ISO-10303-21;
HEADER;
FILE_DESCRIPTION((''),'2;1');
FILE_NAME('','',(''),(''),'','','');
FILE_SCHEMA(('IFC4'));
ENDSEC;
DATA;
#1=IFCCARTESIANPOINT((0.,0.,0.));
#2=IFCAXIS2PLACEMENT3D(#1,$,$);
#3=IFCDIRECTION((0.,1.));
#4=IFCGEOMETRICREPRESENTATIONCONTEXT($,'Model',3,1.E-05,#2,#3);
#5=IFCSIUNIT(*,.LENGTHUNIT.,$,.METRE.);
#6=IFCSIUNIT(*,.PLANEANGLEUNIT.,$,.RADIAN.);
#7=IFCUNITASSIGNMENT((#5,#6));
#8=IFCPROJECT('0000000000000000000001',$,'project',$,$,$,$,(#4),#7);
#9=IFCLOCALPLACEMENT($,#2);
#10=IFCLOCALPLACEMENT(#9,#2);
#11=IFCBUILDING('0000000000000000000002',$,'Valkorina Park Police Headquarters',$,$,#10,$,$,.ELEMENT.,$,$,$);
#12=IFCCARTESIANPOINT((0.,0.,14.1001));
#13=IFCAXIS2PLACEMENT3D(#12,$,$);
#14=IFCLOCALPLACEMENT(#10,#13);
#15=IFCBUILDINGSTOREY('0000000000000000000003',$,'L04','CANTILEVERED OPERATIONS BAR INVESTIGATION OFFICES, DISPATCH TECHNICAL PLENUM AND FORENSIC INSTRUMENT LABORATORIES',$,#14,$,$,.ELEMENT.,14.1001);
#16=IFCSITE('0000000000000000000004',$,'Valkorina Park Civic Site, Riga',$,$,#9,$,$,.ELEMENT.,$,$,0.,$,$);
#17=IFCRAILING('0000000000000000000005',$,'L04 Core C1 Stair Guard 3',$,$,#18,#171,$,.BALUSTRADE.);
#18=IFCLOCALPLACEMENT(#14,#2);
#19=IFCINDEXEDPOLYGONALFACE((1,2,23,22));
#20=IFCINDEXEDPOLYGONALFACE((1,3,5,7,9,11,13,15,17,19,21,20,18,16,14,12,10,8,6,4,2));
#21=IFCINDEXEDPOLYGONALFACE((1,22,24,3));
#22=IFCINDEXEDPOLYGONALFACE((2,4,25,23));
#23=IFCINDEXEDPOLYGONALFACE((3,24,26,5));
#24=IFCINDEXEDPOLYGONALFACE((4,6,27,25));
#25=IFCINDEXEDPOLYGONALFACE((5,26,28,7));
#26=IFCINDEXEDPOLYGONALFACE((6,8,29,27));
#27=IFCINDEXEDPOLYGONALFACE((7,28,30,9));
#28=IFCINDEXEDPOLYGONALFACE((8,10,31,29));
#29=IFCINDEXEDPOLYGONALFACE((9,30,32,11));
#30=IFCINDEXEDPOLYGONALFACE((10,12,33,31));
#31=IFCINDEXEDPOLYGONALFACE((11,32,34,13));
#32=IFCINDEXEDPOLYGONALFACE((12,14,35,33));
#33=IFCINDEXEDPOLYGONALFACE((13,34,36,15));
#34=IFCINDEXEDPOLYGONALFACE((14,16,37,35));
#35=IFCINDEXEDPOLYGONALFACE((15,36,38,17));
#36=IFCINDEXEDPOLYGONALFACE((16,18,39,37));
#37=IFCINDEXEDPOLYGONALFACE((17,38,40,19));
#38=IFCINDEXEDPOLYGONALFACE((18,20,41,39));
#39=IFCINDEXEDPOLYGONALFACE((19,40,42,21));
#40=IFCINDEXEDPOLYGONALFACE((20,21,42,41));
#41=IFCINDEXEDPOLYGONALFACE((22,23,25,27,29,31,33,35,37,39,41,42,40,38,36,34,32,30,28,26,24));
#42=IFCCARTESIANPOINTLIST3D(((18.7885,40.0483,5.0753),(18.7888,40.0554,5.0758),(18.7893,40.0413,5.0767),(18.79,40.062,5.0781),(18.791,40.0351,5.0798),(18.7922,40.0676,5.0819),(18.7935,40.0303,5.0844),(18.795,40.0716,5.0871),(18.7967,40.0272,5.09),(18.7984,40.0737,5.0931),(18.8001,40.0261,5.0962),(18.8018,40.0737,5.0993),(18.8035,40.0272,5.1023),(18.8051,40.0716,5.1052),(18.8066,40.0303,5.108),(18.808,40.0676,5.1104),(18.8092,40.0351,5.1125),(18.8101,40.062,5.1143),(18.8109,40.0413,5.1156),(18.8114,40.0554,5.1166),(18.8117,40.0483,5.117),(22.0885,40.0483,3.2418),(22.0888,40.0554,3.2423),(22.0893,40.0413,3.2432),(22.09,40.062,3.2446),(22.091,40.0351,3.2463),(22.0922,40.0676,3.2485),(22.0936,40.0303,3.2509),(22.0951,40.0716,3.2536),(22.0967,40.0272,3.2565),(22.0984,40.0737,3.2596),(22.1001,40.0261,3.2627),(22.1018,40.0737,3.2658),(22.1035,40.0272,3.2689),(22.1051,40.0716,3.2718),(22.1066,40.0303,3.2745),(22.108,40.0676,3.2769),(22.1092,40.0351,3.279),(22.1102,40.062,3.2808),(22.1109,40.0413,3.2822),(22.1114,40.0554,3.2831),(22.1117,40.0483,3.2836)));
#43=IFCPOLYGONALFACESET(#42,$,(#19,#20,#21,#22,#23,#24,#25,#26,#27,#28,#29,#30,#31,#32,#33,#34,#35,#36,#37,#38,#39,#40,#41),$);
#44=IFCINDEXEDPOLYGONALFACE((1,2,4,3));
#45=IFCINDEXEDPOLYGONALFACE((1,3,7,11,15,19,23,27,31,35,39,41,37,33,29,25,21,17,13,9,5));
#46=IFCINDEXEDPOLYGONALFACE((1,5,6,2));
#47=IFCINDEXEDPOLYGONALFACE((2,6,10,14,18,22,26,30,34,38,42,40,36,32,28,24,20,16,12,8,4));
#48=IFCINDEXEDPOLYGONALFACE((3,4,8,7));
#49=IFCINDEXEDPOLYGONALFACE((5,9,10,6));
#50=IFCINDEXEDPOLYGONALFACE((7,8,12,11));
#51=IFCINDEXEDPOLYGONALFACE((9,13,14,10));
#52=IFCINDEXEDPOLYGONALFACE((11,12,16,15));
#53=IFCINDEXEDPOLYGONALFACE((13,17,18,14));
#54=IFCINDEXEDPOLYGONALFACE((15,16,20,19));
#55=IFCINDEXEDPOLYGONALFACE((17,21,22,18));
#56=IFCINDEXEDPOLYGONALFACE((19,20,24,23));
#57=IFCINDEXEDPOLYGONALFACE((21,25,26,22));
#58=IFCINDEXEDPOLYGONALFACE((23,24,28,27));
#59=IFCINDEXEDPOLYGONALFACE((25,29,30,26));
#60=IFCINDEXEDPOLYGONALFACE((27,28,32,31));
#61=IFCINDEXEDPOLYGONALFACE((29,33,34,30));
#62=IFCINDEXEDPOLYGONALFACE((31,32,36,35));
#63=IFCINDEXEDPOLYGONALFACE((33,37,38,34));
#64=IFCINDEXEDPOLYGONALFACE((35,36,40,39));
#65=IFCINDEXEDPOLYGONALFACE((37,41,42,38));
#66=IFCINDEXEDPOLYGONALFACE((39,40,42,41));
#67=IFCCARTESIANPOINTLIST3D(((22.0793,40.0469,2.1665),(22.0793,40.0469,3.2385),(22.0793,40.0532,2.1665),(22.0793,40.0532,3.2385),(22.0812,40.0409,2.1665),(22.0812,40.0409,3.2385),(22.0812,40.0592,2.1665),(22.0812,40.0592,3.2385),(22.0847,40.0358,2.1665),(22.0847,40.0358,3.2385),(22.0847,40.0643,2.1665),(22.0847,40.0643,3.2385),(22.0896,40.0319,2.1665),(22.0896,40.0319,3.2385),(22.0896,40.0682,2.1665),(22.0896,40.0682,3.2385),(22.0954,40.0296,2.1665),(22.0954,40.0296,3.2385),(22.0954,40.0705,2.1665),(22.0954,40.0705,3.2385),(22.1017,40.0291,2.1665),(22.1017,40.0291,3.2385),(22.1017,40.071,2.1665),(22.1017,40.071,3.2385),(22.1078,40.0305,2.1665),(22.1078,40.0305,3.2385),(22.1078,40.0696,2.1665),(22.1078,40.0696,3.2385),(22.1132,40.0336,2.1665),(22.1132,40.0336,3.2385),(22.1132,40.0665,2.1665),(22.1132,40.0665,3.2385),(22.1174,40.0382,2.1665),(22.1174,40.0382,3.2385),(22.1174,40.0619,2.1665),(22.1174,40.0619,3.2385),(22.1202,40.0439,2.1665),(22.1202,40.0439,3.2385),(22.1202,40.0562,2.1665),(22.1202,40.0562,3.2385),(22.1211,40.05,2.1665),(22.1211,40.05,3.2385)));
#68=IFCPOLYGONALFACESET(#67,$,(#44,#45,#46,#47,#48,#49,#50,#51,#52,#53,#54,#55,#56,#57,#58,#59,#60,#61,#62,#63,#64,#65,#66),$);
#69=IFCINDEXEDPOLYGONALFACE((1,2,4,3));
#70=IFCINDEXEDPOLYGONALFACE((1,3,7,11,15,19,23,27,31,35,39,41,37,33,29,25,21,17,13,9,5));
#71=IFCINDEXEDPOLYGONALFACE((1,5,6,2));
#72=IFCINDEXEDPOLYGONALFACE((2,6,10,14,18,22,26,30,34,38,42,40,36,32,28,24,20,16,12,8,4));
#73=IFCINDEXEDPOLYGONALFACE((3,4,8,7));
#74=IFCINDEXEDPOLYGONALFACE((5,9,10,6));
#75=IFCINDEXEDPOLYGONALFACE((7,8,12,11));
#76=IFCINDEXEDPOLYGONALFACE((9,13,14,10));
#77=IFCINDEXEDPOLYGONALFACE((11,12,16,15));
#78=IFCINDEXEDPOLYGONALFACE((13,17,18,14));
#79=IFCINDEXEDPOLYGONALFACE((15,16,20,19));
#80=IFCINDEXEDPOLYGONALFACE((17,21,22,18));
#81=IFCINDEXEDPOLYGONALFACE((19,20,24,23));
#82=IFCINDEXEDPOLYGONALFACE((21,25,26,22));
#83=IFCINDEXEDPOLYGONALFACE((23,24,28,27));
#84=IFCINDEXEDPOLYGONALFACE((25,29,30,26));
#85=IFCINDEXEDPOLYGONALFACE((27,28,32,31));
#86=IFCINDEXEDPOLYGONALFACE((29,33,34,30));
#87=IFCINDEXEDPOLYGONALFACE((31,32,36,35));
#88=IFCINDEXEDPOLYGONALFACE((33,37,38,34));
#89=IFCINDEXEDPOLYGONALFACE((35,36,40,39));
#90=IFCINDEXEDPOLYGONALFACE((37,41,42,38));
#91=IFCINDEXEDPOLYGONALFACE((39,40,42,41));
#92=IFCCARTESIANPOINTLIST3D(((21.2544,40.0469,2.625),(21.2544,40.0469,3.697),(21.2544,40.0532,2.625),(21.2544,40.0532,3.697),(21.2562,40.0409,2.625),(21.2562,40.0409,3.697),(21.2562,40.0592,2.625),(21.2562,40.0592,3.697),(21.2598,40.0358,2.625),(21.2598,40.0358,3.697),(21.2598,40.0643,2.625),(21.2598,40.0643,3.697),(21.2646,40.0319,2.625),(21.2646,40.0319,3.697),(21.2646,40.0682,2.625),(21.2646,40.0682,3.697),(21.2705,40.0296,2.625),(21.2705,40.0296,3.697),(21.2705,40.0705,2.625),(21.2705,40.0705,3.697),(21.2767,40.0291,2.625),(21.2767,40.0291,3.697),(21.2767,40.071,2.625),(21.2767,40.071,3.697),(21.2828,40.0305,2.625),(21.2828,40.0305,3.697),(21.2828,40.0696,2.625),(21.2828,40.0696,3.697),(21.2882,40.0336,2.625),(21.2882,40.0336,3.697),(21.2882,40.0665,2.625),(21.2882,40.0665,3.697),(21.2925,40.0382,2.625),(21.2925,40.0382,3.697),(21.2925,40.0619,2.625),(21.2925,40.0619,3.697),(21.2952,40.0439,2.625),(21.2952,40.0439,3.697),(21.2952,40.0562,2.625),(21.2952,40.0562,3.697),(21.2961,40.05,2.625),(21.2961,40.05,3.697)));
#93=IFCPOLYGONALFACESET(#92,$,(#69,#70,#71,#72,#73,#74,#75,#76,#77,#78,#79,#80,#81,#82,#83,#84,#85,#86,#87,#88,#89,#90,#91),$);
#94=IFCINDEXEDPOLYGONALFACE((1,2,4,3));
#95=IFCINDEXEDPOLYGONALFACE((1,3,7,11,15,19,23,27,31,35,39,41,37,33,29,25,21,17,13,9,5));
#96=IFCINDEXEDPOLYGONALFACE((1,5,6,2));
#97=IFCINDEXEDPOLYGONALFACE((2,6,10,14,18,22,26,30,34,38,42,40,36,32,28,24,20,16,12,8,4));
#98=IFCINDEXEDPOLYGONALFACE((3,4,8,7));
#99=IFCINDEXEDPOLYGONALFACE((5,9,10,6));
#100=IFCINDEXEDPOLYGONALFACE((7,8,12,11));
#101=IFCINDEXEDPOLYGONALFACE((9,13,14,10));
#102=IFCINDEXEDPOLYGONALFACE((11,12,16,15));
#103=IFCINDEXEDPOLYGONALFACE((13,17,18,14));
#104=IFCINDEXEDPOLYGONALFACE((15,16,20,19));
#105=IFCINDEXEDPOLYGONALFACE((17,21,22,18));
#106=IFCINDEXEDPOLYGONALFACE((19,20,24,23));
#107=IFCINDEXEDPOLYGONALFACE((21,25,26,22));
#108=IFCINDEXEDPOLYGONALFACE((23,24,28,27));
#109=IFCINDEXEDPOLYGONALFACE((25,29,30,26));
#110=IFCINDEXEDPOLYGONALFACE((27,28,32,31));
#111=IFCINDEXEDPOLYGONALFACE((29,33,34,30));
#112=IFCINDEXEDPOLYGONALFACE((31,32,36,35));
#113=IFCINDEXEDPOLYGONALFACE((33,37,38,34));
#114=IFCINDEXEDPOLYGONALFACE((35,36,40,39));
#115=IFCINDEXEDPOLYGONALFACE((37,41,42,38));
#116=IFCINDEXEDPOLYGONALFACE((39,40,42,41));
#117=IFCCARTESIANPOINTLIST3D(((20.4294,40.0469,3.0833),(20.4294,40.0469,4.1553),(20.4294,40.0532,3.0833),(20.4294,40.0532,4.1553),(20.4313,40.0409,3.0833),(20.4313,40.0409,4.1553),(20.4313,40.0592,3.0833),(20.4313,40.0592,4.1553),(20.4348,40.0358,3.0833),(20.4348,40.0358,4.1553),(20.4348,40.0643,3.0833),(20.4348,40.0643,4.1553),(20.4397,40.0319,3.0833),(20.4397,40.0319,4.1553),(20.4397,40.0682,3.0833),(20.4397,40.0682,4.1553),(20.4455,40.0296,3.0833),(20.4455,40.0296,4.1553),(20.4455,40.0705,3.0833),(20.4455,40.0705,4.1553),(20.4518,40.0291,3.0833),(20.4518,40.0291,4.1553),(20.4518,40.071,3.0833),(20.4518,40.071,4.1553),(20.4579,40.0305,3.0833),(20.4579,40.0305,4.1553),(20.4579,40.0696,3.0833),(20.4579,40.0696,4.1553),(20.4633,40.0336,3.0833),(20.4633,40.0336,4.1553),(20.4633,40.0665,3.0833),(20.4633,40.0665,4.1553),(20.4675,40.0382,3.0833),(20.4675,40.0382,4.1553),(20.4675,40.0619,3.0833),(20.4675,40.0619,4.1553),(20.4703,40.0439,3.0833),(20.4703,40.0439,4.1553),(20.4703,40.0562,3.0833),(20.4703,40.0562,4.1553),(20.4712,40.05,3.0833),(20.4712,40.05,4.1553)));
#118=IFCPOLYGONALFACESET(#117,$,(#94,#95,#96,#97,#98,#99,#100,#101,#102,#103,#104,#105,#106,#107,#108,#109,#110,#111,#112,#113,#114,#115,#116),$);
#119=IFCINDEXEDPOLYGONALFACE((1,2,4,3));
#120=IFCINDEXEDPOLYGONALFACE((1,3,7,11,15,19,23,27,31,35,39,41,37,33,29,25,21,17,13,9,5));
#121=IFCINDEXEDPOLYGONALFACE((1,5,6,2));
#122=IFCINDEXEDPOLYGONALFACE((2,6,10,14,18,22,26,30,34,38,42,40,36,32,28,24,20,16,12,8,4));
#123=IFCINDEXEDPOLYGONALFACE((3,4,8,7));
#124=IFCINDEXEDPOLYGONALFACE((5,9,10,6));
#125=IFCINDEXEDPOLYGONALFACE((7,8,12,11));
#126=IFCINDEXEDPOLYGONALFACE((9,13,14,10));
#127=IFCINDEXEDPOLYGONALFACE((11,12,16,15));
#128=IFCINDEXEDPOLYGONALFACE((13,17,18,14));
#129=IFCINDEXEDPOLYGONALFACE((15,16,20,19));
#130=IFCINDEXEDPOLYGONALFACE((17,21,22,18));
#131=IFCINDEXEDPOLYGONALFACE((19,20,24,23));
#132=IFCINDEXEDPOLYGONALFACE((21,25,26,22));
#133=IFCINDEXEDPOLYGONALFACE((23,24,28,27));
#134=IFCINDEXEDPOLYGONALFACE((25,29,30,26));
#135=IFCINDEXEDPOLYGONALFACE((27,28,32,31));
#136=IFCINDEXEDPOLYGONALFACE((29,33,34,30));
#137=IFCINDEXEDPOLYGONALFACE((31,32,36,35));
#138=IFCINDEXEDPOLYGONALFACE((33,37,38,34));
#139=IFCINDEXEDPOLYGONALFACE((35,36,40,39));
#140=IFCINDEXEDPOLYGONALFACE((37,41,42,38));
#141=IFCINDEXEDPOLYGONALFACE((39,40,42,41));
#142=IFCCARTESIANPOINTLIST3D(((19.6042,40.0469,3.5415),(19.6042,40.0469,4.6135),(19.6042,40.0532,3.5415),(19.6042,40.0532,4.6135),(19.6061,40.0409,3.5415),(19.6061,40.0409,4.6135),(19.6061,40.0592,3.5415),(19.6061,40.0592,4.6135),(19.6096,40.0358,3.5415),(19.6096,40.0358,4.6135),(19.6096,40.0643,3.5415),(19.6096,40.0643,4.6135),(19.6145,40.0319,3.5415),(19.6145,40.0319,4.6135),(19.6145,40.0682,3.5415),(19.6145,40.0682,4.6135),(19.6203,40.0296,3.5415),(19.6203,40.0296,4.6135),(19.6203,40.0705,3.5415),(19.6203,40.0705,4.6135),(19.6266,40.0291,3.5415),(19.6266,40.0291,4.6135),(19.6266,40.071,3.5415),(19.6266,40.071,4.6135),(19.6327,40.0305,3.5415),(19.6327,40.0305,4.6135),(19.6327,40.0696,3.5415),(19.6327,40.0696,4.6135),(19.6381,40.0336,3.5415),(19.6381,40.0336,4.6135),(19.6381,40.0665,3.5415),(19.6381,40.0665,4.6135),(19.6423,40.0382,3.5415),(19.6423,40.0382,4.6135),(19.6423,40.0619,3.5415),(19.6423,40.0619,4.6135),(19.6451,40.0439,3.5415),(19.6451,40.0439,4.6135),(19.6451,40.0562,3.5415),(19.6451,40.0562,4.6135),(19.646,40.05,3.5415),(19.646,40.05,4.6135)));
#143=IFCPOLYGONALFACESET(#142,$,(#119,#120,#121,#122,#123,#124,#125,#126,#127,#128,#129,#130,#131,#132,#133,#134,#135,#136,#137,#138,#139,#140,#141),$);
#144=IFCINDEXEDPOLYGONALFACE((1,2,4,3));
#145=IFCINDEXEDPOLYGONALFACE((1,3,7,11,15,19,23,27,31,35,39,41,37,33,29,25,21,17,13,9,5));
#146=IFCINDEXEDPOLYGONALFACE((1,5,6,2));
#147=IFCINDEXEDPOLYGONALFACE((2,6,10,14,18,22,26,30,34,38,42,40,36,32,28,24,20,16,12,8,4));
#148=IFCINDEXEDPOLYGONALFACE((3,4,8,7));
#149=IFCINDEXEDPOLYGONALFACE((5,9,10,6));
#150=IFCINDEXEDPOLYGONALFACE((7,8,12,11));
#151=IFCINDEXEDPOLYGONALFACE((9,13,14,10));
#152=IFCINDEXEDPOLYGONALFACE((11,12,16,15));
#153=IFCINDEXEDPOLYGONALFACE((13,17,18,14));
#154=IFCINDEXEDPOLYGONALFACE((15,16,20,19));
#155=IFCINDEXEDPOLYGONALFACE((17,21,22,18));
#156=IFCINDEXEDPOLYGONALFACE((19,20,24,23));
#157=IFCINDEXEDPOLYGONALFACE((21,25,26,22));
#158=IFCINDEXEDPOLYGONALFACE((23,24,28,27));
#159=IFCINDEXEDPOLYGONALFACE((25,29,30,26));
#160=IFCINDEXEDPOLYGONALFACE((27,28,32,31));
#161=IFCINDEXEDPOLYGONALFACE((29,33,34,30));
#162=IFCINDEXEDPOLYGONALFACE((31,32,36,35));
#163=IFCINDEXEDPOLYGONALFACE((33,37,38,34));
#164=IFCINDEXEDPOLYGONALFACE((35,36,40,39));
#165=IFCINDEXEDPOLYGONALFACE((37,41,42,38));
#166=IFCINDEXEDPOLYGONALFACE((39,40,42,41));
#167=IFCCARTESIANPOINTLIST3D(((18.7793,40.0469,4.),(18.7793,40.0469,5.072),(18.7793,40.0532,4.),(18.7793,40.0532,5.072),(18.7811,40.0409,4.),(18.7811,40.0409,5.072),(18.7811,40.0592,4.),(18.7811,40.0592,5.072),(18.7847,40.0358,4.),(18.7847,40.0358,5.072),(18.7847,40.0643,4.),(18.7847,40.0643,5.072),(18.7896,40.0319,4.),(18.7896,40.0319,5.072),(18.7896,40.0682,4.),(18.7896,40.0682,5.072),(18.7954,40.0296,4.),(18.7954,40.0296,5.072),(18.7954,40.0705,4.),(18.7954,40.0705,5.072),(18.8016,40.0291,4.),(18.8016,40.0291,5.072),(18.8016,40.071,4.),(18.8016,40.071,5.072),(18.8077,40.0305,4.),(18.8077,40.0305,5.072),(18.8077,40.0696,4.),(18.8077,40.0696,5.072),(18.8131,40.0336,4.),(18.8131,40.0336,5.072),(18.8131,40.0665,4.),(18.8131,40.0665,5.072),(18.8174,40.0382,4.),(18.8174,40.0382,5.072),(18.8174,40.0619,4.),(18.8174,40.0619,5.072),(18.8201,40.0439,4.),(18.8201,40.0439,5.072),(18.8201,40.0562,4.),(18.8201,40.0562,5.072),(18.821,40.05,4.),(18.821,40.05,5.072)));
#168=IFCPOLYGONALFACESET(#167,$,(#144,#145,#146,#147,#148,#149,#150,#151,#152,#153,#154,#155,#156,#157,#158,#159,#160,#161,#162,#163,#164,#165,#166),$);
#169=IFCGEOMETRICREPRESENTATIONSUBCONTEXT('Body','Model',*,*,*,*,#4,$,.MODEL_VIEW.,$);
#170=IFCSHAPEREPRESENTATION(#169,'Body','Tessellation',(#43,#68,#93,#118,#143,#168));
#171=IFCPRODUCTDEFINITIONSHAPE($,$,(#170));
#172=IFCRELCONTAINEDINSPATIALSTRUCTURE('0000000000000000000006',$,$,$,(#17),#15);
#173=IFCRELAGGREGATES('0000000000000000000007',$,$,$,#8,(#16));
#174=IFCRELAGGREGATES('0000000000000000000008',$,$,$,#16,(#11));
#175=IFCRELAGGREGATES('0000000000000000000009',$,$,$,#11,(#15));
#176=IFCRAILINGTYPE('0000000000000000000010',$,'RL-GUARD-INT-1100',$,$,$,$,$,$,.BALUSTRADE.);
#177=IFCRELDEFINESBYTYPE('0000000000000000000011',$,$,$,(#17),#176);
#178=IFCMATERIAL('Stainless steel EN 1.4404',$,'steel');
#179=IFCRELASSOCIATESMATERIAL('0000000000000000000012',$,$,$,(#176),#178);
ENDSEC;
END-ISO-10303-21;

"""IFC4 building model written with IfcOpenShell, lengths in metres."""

from ifc_helpers import new_model, si_unit, direction, frame, origin, origin_2d, place, context, subcontext, project, spatial, circle, extrude, material, type_object, element, save


model = new_model("IFC4")

# Units and contexts
model_context = context("Model", 3, precision=1e-05, world=origin(), true_north=direction((0.0, 1.0)))
body_context = subcontext(model_context, "Body", "Model", "MODEL_VIEW")
ifc_project = project(units=[si_unit("LENGTHUNIT", "METRE"), si_unit("PLANEANGLEUNIT", "RADIAN")], contexts=[model_context])

# Site, building, storey
site_placement = place(None, origin())
site = spatial("IfcSite", under=ifc_project, at=site_placement, Name="Valkorina Park Civic Site, Riga", CompositionType="ELEMENT", RefElevation=0.0)
building_placement = place(site_placement, origin())
building = spatial("IfcBuilding", under=site, at=building_placement, Name="Valkorina Park Police Headquarters", CompositionType="ELEMENT")
storey_placement = place(building_placement, frame((0.0, 0.0, 14.1001)))
storey = spatial("IfcBuildingStorey", under=building, at=storey_placement, Name="L04", Description="CANTILEVERED OPERATIONS BAR INVESTIGATION OFFICES, DISPATCH TECHNICAL PLENUM AND FORENSIC INSTRUMENT LABORATORIES", CompositionType="ELEMENT", Elevation=14.1001)

# Railing
ifc_material_1 = material(Name="Stainless steel EN 1.4404", Category="steel")
railing_type_1 = type_object("IfcRailingType", Name="RL-GUARD-INT-1100", PredefinedType="BALUSTRADE", material=ifc_material_1)
railing_1_placement = place(storey_placement, frame((22.1001, 40.05, 2.1665)))
element("IfcRailing", 1, at=railing_1_placement, inside=storey, type_object=railing_type_1, Name="L04 Core C1 Stair Guard 3", PredefinedType="BALUSTRADE", context=body_context, shape_type="SweptSolid", body=[
    extrude(circle(Radius=0.0239, at=origin_2d()), frame((0.0, 0.0, 1.0962), z_axis=(-0.874142, 0.0, 0.48567), x_axis=(0.0, -1.0, 0.0)), (0.0, 0.0, 1.0), 3.7751),
    extrude(circle(Radius=0.021, at=origin_2d()), origin(), (0.0, 0.0, 1.0), 1.072),
    extrude(circle(Radius=0.021, at=origin_2d()), frame((-0.825, 0.0, 0.4585)), (0.0, 0.0, 1.0), 1.072),
    extrude(circle(Radius=0.021, at=origin_2d()), frame((-1.6499, 0.0, 0.9167)), (0.0, 0.0, 1.0), 1.072),
    extrude(circle(Radius=0.021, at=origin_2d()), frame((-2.4751, 0.0, 1.375)), (0.0, 0.0, 1.0), 1.072),
    extrude(circle(Radius=0.021, at=origin_2d()), frame((-3.3, 0.0, 1.8335)), (0.0, 0.0, 1.0), 1.072),
])

save(model, "model.ifc")
